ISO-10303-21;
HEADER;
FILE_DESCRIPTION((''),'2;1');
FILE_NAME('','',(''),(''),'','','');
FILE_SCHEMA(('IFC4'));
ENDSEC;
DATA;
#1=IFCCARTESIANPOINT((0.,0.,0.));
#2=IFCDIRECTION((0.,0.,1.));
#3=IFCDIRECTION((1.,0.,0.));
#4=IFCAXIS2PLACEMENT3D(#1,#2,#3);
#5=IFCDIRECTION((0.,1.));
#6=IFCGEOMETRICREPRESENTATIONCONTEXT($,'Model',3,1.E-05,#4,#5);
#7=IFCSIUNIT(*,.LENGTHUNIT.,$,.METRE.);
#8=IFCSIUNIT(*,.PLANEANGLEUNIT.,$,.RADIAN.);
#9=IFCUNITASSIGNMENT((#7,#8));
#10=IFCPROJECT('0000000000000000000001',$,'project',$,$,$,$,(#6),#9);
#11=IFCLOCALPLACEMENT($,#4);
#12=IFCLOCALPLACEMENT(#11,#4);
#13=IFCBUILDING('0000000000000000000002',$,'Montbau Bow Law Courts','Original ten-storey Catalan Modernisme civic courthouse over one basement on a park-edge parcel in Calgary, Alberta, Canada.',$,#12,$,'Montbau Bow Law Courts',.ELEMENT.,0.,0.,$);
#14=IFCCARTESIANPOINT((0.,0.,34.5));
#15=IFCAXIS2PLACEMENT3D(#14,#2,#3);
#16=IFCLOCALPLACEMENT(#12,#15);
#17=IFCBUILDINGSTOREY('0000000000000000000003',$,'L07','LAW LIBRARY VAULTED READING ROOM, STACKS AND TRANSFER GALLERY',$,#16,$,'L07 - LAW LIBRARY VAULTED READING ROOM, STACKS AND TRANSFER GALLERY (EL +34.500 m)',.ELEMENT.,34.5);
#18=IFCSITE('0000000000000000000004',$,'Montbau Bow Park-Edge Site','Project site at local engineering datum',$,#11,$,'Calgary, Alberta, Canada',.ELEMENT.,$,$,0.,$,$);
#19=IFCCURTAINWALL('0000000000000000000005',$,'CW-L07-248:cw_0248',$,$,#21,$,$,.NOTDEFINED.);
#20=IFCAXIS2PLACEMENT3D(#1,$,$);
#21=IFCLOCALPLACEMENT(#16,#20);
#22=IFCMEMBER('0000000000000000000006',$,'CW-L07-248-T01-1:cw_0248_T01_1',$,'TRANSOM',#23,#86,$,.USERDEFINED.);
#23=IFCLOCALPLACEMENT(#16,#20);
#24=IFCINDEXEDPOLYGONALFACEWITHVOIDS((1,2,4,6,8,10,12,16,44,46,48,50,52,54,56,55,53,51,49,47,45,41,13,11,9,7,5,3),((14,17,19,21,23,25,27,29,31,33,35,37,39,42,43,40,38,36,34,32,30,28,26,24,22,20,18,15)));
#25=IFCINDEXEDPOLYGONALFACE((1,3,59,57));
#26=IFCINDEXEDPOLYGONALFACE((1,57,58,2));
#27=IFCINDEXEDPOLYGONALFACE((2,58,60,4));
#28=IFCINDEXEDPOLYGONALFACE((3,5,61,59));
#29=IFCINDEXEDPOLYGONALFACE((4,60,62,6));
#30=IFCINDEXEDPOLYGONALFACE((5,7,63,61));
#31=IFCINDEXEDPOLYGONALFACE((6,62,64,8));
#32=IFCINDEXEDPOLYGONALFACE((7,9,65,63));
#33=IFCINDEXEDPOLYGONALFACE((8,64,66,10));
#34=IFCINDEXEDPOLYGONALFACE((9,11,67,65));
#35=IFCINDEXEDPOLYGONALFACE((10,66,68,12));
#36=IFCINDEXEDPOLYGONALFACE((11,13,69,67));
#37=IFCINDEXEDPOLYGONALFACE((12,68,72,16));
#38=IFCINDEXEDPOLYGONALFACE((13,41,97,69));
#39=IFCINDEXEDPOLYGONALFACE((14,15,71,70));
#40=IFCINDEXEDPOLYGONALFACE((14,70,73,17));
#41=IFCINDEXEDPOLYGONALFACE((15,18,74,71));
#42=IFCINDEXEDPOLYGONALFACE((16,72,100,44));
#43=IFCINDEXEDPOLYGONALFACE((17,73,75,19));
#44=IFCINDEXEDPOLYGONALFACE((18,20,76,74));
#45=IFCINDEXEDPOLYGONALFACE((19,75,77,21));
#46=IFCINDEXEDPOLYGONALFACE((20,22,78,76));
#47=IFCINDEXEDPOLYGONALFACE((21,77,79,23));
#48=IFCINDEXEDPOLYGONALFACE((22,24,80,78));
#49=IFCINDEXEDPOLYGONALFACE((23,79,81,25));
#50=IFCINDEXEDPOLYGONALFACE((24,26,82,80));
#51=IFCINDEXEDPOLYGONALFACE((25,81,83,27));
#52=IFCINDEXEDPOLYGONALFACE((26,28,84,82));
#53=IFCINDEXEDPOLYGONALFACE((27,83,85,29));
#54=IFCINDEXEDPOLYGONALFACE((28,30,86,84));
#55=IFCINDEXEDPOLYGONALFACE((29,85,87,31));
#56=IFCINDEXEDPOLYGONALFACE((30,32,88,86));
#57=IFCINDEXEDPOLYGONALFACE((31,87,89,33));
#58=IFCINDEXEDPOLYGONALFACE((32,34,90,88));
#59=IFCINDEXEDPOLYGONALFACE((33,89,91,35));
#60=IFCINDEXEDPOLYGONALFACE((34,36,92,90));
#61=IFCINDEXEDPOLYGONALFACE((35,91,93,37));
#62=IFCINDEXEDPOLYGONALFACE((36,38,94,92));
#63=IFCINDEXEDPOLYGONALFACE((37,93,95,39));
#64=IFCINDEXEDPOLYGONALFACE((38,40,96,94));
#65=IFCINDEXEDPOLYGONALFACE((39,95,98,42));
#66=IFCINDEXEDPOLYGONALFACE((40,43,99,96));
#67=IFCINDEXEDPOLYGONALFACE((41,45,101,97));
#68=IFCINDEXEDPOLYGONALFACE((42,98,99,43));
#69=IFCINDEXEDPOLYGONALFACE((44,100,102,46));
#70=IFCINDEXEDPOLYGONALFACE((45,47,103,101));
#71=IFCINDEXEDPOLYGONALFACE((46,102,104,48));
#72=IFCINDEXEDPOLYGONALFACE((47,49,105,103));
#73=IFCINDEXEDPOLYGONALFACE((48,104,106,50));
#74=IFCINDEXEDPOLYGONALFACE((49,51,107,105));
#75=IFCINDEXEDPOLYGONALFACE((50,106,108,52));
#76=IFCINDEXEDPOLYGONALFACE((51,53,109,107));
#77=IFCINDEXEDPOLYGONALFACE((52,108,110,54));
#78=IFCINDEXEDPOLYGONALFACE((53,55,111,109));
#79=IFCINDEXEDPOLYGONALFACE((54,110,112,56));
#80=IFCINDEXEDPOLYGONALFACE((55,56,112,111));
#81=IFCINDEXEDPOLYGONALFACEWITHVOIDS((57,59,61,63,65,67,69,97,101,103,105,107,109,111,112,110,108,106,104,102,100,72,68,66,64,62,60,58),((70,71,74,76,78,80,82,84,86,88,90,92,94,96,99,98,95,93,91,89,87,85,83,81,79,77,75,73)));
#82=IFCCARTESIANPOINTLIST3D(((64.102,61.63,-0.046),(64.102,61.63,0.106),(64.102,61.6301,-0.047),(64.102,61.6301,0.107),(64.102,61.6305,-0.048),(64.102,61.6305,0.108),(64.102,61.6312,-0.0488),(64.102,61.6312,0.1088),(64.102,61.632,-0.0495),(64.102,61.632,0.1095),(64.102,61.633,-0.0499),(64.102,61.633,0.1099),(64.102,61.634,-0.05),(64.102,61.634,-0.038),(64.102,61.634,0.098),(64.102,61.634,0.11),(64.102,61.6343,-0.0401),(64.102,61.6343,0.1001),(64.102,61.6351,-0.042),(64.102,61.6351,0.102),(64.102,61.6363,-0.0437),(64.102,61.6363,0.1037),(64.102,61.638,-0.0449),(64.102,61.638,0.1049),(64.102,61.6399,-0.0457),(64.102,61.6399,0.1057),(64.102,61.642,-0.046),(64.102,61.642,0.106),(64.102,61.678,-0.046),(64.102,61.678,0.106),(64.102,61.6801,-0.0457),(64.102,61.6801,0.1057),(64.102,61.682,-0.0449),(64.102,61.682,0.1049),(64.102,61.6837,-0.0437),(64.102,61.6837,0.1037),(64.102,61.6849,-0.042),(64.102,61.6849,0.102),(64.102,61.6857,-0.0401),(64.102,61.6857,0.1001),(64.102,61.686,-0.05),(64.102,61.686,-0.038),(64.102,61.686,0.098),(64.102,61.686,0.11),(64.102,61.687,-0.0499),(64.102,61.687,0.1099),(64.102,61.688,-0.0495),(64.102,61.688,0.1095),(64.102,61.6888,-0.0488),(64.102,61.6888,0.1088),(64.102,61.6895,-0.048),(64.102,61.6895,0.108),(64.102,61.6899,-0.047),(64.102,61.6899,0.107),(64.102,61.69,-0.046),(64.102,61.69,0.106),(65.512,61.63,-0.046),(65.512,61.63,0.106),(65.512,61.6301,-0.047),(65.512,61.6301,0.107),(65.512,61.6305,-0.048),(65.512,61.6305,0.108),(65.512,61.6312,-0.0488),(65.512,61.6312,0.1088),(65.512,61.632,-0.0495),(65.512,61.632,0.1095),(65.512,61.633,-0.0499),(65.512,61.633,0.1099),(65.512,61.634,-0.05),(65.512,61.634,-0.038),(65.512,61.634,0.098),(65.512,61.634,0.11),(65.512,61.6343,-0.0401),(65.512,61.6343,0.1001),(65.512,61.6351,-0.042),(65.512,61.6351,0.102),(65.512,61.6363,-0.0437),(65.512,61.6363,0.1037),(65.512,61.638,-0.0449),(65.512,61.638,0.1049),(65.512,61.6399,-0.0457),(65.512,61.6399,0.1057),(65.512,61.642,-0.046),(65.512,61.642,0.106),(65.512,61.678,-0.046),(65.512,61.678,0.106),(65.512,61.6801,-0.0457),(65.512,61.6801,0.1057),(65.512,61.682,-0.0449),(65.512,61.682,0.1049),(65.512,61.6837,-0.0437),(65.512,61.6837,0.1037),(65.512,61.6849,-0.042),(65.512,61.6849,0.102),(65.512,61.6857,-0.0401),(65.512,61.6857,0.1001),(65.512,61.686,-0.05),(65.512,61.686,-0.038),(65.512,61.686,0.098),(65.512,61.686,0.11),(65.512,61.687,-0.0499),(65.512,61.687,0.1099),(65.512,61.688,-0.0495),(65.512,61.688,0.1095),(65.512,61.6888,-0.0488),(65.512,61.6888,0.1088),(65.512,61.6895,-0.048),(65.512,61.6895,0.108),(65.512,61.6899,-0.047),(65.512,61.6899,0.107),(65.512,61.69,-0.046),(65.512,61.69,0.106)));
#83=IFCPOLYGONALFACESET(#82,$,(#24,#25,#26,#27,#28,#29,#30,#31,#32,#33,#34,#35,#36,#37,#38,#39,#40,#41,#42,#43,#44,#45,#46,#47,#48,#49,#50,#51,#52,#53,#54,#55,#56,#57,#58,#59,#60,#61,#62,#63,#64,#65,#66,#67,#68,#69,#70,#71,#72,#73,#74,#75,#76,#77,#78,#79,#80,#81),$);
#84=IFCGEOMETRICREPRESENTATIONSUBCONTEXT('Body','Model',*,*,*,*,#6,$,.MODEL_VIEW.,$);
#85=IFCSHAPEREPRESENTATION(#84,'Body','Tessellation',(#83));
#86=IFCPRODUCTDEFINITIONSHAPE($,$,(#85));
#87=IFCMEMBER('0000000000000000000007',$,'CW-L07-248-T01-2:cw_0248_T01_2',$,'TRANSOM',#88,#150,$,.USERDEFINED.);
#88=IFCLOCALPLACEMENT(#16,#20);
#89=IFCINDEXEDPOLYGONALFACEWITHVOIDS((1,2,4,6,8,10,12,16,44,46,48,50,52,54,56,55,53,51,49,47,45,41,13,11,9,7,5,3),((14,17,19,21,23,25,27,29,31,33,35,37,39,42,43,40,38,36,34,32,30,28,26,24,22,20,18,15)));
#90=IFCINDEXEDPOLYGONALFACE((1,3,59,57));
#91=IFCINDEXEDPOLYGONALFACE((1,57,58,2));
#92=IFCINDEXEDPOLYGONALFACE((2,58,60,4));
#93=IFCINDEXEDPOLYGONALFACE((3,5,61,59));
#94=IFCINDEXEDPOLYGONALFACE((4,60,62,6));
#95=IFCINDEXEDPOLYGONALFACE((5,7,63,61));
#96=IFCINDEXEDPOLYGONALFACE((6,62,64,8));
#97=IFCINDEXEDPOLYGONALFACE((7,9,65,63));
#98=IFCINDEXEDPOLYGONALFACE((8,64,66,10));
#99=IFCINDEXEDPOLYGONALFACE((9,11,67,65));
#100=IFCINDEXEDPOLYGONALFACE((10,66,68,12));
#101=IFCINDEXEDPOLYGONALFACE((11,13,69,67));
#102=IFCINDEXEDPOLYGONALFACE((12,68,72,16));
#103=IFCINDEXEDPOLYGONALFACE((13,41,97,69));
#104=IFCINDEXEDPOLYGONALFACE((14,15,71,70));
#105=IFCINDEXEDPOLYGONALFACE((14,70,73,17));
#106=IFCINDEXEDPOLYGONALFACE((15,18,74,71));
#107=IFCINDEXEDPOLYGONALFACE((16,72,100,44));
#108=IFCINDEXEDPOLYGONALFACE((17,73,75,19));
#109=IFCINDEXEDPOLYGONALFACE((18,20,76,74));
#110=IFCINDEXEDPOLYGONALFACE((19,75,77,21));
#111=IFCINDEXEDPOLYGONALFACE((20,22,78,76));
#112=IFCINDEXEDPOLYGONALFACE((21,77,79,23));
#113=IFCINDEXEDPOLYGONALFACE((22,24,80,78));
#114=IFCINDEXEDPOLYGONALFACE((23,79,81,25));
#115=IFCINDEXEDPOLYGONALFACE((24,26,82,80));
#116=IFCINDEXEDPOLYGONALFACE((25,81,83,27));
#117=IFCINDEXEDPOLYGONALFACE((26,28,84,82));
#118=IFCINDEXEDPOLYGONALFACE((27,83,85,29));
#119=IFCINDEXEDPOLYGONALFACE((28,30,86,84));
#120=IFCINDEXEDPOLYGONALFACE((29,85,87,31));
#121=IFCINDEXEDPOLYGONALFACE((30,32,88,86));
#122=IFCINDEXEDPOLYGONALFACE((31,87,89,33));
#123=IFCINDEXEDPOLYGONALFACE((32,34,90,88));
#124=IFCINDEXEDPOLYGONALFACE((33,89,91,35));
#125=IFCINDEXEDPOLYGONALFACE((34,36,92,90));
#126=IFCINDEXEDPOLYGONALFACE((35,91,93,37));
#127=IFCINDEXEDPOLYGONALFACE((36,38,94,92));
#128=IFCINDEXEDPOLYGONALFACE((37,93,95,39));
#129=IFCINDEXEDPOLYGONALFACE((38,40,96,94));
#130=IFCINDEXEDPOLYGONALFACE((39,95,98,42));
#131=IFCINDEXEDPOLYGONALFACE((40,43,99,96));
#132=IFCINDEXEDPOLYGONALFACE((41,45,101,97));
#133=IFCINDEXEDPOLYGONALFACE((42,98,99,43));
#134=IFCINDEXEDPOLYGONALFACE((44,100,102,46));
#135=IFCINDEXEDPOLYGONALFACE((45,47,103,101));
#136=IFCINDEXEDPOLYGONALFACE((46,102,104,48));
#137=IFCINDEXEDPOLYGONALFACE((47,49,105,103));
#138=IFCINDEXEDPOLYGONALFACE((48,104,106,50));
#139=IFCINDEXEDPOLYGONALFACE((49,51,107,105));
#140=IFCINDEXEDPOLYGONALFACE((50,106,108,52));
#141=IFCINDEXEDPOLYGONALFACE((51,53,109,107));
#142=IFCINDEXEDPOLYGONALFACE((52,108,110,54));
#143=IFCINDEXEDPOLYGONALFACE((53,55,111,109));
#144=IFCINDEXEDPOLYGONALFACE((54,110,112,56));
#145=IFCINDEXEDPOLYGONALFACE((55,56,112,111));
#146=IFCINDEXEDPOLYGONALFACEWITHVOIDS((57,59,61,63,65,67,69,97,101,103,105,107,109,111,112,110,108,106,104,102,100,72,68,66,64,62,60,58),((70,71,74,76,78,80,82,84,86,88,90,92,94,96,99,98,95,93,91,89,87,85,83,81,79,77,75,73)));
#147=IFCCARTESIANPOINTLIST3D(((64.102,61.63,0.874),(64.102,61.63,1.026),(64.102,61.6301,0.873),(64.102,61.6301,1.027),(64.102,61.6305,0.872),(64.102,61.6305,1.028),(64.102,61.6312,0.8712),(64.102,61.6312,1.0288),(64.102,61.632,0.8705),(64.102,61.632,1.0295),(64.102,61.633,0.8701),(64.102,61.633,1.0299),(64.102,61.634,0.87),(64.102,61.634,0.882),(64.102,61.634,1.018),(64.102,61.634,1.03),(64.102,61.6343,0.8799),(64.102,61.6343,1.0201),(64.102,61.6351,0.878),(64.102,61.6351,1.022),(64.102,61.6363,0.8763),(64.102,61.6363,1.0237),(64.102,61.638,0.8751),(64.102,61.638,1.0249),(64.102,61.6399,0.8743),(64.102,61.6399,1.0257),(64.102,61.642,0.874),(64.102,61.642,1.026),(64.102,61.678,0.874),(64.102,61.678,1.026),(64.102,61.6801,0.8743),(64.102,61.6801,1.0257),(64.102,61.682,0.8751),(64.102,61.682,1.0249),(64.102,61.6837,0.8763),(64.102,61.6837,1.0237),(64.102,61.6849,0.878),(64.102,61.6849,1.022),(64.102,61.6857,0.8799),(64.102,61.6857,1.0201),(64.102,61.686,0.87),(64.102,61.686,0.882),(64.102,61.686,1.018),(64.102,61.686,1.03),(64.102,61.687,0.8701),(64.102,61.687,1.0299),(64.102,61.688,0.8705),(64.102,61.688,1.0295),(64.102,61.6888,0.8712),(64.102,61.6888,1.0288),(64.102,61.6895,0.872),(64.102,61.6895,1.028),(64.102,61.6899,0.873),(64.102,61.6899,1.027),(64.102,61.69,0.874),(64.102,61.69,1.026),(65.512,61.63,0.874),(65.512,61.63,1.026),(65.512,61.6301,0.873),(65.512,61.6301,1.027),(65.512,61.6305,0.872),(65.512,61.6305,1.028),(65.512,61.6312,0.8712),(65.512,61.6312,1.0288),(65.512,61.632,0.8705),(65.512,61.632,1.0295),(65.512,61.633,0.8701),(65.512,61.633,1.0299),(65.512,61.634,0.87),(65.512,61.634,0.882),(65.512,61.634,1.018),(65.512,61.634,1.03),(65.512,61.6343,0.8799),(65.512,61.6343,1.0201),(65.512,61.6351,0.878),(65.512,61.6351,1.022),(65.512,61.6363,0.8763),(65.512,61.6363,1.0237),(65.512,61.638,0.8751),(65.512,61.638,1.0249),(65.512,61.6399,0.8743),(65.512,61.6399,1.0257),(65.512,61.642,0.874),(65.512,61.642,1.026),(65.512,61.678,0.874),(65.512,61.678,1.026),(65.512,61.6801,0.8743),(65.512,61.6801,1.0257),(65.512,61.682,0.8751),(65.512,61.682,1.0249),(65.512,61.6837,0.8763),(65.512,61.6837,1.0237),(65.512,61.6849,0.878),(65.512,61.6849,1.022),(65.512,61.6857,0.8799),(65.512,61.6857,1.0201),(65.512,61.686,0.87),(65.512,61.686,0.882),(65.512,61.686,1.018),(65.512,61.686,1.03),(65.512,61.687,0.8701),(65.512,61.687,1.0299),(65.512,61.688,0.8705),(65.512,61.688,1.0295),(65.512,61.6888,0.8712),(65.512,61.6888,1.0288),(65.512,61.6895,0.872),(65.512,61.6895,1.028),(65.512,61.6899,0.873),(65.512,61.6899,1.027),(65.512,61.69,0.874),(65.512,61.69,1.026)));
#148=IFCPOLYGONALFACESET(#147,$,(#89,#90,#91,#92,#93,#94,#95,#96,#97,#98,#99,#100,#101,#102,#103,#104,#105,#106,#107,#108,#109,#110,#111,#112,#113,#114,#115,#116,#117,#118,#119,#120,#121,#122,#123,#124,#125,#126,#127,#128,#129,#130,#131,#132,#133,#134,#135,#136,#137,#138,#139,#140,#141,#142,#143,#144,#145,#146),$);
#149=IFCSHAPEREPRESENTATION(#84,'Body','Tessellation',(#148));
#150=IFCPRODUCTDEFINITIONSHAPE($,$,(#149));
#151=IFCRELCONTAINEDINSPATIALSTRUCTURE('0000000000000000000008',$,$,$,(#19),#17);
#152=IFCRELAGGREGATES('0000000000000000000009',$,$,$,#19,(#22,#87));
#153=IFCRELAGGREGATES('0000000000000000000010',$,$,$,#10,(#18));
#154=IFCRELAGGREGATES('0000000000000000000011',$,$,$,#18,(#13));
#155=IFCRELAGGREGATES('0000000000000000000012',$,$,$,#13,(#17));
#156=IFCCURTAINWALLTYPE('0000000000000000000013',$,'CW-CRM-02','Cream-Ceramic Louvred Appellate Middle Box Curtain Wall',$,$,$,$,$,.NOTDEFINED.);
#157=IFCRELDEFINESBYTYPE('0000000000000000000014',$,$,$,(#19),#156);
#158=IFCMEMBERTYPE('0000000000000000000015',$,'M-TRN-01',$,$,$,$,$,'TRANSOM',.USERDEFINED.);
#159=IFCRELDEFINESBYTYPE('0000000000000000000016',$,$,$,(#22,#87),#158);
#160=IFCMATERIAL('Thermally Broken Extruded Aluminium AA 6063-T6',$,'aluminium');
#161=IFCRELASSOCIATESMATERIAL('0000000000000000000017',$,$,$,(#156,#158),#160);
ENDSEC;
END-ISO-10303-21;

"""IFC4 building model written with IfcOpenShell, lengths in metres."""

from ifc_helpers import new_model, si_unit, direction, frame, origin_with_axes, origin_2d_with_axis, place, context, subcontext, project, spatial, hollow_rectangle, extrude, material, material_profile, profile_set, type_object, element, aggregate, save


model = new_model("IFC4")

# Units and contexts
model_context = context("Model", 3, precision=1e-05, world=origin_with_axes(), true_north=direction((0.0, 1.0)))
body_context = subcontext(model_context, "Body", "Model", "MODEL_VIEW")
ifc_project = project(units=[si_unit("LENGTHUNIT", "METRE"), si_unit("PLANEANGLEUNIT", "RADIAN")], contexts=[model_context])

# Site, building, storey
site_placement = place(None, origin_with_axes())
site = spatial("IfcSite", under=ifc_project, at=site_placement, Name="Montbau Bow Park-Edge Site", Description="Project site at local engineering datum", LongName="Calgary, Alberta, Canada", CompositionType="ELEMENT", RefElevation=0.0)
building_placement = place(site_placement, origin_with_axes())
building = spatial("IfcBuilding", under=site, at=building_placement, Name="Montbau Bow Law Courts", Description="Original ten-storey Catalan Modernisme civic courthouse over one basement on a park-edge parcel in Calgary, Alberta, Canada.", LongName="Montbau Bow Law Courts", CompositionType="ELEMENT", ElevationOfRefHeight=0.0, ElevationOfTerrain=0.0)
storey_placement = place(building_placement, frame((0.0, 0.0, 34.5), z_axis=(0.0, 0.0, 1.0), x_axis=(1.0, 0.0, 0.0)))
storey = spatial("IfcBuildingStorey", under=building, at=storey_placement, Name="L07", Description="LAW LIBRARY VAULTED READING ROOM, STACKS AND TRANSFER GALLERY", LongName="L07 - LAW LIBRARY VAULTED READING ROOM, STACKS AND TRANSFER GALLERY (EL +34.500 m)", CompositionType="ELEMENT", Elevation=34.5)

# Curtain wall, members
ifc_material_1 = material(Name="Thermally Broken Extruded Aluminium AA 6063-T6", Category="aluminium")
curtain_wall_type = type_object("IfcCurtainWallType", Name="CW-CRM-02", Description="Cream-Ceramic Louvred Appellate Middle Box Curtain Wall", PredefinedType="NOTDEFINED", material=ifc_material_1)
curtain_wall_1_placement = place(None, frame((64.04, 61.66, 34.5), z_axis=(0.0, 0.0, 1.0), x_axis=(1.0, 0.0, 0.0)))
curtain_wall_1 = element("IfcCurtainWall", 1, at=curtain_wall_1_placement, inside=storey, type_object=curtain_wall_type, Name="CW-L07-248:cw_0248", PredefinedType="NOTDEFINED")
ifc_material_profile_1 = material_profile(ifc_material_1, hollow_rectangle(XDim=0.06, YDim=0.16, WallThickness=0.004, InnerFilletRadius=0.008, OuterFilletRadius=0.004, at=origin_2d_with_axis()), Name="CWT-160X60", Category="Main", Priority=0)
ifc_profile_set_1 = profile_set([ifc_material_profile_1], Name="Thermally Broken Extruded Aluminium AA 6063-T6")
member_type_1 = type_object("IfcMemberType", Name="M-TRN-01", ElementType="TRANSOM", PredefinedType="USERDEFINED", material=ifc_profile_set_1)
member_1_placement = place(None, frame((64.102, 61.66, 34.53), z_axis=(1.0, 0.0, 0.0), x_axis=(0.0, 1.0, 0.0)))
member_1 = element("IfcMember", 2, at=member_1_placement, type_object=member_type_1, Name="CW-L07-248-T01-1:cw_0248_T01_1", ObjectType="TRANSOM", PredefinedType="USERDEFINED", context=body_context, shape_type="SweptSolid", body=[
    extrude(hollow_rectangle(XDim=0.06, YDim=0.16, WallThickness=0.004, InnerFilletRadius=0.008, OuterFilletRadius=0.004, at=origin_2d_with_axis()), origin_with_axes(), (0.0, 0.0, 1.0), 1.41),
])
member_2_placement = place(None, frame((64.102, 61.66, 35.45), z_axis=(1.0, 0.0, 0.0), x_axis=(0.0, 1.0, 0.0)))
member_2 = element("IfcMember", 3, at=member_2_placement, type_object=member_type_1, Name="CW-L07-248-T01-2:cw_0248_T01_2", ObjectType="TRANSOM", PredefinedType="USERDEFINED", context=body_context, shape_type="SweptSolid", body=[
    extrude(hollow_rectangle(XDim=0.06, YDim=0.16, WallThickness=0.004, InnerFilletRadius=0.008, OuterFilletRadius=0.004, at=origin_2d_with_axis()), origin_with_axes(), (0.0, 0.0, 1.0), 1.41),
])

aggregate(curtain_wall_1, [member_1, member_2])

save(model, "model.ifc")
